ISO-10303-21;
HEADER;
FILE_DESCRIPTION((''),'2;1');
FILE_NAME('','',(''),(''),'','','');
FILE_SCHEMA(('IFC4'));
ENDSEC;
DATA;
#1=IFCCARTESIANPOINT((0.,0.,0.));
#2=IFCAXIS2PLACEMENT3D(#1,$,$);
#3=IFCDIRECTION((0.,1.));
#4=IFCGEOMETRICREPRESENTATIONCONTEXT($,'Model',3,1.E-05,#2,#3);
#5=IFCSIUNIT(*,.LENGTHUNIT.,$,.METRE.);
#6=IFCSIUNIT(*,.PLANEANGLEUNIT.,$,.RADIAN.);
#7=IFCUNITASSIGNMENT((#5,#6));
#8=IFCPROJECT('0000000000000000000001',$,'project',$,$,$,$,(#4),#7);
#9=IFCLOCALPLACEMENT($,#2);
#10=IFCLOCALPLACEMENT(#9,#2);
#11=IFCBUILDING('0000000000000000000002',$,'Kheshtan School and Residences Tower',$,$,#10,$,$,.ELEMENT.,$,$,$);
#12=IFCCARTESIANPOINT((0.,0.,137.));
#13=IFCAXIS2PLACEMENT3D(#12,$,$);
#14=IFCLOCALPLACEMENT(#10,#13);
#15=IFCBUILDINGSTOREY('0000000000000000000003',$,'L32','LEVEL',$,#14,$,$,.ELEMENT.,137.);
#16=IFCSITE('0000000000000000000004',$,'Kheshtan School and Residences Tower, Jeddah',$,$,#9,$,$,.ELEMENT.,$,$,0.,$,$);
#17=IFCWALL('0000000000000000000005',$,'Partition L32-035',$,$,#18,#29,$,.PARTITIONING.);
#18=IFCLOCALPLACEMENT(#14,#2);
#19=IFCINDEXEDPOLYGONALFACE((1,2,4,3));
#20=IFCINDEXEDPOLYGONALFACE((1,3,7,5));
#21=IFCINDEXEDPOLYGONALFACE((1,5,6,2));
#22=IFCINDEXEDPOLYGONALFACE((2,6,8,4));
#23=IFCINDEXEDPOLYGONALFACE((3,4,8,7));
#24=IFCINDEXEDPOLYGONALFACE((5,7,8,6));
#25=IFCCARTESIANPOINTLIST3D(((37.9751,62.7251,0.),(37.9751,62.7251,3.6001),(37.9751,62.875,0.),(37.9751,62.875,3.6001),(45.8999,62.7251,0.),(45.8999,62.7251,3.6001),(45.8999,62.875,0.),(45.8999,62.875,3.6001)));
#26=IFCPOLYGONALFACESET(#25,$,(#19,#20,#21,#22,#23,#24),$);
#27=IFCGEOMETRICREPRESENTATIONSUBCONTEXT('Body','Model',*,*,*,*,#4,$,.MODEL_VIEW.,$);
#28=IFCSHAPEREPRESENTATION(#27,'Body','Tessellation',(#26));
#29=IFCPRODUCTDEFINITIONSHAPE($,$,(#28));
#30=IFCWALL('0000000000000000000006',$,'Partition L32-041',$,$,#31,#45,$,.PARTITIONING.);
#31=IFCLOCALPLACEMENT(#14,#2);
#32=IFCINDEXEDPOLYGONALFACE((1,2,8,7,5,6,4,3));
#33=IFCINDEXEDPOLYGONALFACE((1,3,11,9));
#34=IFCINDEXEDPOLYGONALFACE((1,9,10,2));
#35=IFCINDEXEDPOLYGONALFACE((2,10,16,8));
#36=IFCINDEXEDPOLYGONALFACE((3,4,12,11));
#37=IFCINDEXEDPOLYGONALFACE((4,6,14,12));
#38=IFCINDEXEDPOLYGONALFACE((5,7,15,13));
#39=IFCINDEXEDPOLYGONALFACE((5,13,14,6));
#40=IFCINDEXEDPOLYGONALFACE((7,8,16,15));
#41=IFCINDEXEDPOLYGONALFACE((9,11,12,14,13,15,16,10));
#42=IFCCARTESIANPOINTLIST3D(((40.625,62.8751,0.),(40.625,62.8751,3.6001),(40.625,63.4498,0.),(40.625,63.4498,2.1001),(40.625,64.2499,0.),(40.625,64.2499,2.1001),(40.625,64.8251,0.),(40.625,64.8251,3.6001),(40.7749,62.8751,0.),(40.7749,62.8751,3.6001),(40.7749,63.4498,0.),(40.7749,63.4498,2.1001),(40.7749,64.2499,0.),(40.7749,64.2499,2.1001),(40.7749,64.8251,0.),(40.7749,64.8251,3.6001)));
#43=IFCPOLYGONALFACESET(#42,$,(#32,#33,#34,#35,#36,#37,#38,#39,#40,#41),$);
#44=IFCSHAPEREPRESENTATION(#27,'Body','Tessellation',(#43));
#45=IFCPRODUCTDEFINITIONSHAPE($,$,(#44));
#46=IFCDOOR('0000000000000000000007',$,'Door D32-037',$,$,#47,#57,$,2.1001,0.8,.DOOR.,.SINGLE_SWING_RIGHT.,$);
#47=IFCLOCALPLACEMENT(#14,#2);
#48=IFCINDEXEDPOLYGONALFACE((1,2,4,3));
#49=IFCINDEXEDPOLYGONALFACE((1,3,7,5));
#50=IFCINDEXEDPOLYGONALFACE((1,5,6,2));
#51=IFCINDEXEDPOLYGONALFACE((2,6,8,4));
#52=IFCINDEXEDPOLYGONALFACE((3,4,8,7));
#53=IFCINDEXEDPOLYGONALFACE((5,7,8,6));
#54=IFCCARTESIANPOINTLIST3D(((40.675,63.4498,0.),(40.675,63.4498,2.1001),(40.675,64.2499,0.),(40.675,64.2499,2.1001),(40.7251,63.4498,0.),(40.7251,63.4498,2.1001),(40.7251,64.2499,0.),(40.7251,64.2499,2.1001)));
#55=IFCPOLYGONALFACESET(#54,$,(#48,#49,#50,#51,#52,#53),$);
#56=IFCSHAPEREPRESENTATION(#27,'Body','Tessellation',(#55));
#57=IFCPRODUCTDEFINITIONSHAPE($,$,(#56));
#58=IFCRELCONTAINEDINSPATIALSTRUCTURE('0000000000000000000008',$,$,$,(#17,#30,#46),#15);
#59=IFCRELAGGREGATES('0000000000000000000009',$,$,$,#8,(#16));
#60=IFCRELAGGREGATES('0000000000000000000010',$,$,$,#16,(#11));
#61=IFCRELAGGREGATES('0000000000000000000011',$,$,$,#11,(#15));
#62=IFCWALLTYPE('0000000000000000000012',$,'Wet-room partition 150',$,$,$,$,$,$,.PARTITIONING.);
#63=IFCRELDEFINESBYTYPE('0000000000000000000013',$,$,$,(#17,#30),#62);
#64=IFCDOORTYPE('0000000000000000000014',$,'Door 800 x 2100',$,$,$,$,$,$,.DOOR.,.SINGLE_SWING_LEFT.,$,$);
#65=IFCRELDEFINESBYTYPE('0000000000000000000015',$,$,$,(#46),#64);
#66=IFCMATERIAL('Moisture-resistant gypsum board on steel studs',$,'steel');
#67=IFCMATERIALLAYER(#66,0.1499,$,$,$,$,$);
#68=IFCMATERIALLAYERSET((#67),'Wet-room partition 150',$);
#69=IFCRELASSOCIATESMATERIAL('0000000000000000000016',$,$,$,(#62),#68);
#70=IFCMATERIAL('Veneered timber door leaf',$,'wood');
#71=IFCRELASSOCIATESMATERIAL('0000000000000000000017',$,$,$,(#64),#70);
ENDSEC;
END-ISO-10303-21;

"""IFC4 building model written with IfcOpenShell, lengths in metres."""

from ifc_helpers import new_model, si_unit, direction, frame, frame_2d, origin, place, context, subcontext, project, spatial, rectangle, extrude, source, transform, mapped, material, layer, layer_set, type_object, element, fill, save


model = new_model("IFC4")

# Units and contexts
model_context = context("Model", 3, precision=1e-05, world=origin(), true_north=direction((0.0, 1.0)))
body_context = subcontext(model_context, "Body", "Model", "MODEL_VIEW")
ifc_project = project(units=[si_unit("LENGTHUNIT", "METRE"), si_unit("PLANEANGLEUNIT", "RADIAN")], contexts=[model_context])

# Site, building, storey
site_placement = place(None, origin())
site = spatial("IfcSite", under=ifc_project, at=site_placement, Name="Kheshtan School and Residences Tower, Jeddah", CompositionType="ELEMENT", RefElevation=0.0)
building_placement = place(site_placement, origin())
building = spatial("IfcBuilding", under=site, at=building_placement, Name="Kheshtan School and Residences Tower", CompositionType="ELEMENT")
storey_placement = place(building_placement, frame((0.0, 0.0, 137.0)))
storey = spatial("IfcBuildingStorey", under=building, at=storey_placement, Name="L32", Description="LEVEL", CompositionType="ELEMENT", Elevation=137.0)

# Shared definitions
ifc_material_1 = material(Name="Moisture-resistant gypsum board on steel studs", Category="steel")
ifc_layer_1 = layer(ifc_material_1, 0.1499)
ifc_layer_set_1 = layer_set([ifc_layer_1], Name="Wet-room partition 150")
wall_type_1 = type_object("IfcWallType", Name="Wet-room partition 150", PredefinedType="PARTITIONING", material=ifc_layer_set_1)
ifc_material_2 = material(Name="Veneered timber door leaf", Category="wood")

# Wall
wall_1_placement = place(storey_placement, frame((37.9751, 62.8, 0.0), z_axis=(0.0, 0.0, 1.0), x_axis=(1.0, 0.0, 0.0)))
element("IfcWall", 1, at=wall_1_placement, inside=storey, type_object=wall_type_1, Name="Partition L32-035", PredefinedType="PARTITIONING", context=body_context, shape_type="SweptSolid", body=[
    extrude(rectangle(XDim=7.9248, YDim=0.1499, at=frame_2d((3.9624, 0.0))), origin(), (0.0, 0.0, 1.0), 3.6001),
])

# Wall, opening, door
wall_2_placement = place(storey_placement, frame((40.7, 62.875, 0.0), z_axis=(0.0, 0.0, 1.0), x_axis=(0.0, 1.0, 0.0)))
wall_2 = element("IfcWall", 2, at=wall_2_placement, inside=storey, type_object=wall_type_1, Name="Partition L32-041", PredefinedType="PARTITIONING", context=body_context, shape_type="SweptSolid", body=[
    extrude(rectangle(XDim=1.95, YDim=0.1499, at=frame_2d((0.9751, 0.0))), origin(), (0.0, 0.0, 1.0), 3.6001),
])
opening_1_placement = place(wall_2_placement, frame((0.575, 0.0, 0.0)))
opening_1 = element("IfcOpeningElement", 3, at=opening_1_placement, cuts=wall_2, PredefinedType="OPENING", context=body_context, shape_type="SweptSolid", body=[
    extrude(rectangle(XDim=0.8, YDim=2.1001, at=frame_2d((0.3999, 1.05))), frame((0.0, 0.085, 0.0), z_axis=(0.0, -1.0, 0.0), x_axis=(1.0, 0.0, 0.0)), (0.0, 0.0, 1.0), 0.1699),
])
door_type_1 = type_object("IfcDoorType", Name="Door 800 x 2100", OperationType="SINGLE_SWING_LEFT", PredefinedType="DOOR", material=ifc_material_2)
shared_shape_1 = source(origin(), body_context, "Body", "SweptSolid", [
    extrude(rectangle(XDim=0.8, YDim=2.1001, at=frame_2d((0.3999, 1.05))), frame((0.0, 0.0249, 0.0), z_axis=(0.0, -1.0, 0.0), x_axis=(1.0, 0.0, 0.0)), (0.0, 0.0, 1.0), 0.05),
])
door_1_placement = place(opening_1_placement, origin())
door_1 = element("IfcDoor", 4, at=door_1_placement, inside=storey, type_object=door_type_1, Name="Door D32-037", OperationType="SINGLE_SWING_RIGHT", OverallHeight=2.1001, OverallWidth=0.8, PredefinedType="DOOR", context=body_context, shape_type="MappedRepresentation", body=[
    mapped(shared_shape_1, transform((0.0, 0.0, 0.0), x_axis=(1.0, 0.0, 0.0), y_axis=(0.0, 1.0, 0.0), z_axis=(0.0, 0.0, 1.0), scale=1.0)),
])
fill(opening_1, door_1)

save(model, "model.ifc")
